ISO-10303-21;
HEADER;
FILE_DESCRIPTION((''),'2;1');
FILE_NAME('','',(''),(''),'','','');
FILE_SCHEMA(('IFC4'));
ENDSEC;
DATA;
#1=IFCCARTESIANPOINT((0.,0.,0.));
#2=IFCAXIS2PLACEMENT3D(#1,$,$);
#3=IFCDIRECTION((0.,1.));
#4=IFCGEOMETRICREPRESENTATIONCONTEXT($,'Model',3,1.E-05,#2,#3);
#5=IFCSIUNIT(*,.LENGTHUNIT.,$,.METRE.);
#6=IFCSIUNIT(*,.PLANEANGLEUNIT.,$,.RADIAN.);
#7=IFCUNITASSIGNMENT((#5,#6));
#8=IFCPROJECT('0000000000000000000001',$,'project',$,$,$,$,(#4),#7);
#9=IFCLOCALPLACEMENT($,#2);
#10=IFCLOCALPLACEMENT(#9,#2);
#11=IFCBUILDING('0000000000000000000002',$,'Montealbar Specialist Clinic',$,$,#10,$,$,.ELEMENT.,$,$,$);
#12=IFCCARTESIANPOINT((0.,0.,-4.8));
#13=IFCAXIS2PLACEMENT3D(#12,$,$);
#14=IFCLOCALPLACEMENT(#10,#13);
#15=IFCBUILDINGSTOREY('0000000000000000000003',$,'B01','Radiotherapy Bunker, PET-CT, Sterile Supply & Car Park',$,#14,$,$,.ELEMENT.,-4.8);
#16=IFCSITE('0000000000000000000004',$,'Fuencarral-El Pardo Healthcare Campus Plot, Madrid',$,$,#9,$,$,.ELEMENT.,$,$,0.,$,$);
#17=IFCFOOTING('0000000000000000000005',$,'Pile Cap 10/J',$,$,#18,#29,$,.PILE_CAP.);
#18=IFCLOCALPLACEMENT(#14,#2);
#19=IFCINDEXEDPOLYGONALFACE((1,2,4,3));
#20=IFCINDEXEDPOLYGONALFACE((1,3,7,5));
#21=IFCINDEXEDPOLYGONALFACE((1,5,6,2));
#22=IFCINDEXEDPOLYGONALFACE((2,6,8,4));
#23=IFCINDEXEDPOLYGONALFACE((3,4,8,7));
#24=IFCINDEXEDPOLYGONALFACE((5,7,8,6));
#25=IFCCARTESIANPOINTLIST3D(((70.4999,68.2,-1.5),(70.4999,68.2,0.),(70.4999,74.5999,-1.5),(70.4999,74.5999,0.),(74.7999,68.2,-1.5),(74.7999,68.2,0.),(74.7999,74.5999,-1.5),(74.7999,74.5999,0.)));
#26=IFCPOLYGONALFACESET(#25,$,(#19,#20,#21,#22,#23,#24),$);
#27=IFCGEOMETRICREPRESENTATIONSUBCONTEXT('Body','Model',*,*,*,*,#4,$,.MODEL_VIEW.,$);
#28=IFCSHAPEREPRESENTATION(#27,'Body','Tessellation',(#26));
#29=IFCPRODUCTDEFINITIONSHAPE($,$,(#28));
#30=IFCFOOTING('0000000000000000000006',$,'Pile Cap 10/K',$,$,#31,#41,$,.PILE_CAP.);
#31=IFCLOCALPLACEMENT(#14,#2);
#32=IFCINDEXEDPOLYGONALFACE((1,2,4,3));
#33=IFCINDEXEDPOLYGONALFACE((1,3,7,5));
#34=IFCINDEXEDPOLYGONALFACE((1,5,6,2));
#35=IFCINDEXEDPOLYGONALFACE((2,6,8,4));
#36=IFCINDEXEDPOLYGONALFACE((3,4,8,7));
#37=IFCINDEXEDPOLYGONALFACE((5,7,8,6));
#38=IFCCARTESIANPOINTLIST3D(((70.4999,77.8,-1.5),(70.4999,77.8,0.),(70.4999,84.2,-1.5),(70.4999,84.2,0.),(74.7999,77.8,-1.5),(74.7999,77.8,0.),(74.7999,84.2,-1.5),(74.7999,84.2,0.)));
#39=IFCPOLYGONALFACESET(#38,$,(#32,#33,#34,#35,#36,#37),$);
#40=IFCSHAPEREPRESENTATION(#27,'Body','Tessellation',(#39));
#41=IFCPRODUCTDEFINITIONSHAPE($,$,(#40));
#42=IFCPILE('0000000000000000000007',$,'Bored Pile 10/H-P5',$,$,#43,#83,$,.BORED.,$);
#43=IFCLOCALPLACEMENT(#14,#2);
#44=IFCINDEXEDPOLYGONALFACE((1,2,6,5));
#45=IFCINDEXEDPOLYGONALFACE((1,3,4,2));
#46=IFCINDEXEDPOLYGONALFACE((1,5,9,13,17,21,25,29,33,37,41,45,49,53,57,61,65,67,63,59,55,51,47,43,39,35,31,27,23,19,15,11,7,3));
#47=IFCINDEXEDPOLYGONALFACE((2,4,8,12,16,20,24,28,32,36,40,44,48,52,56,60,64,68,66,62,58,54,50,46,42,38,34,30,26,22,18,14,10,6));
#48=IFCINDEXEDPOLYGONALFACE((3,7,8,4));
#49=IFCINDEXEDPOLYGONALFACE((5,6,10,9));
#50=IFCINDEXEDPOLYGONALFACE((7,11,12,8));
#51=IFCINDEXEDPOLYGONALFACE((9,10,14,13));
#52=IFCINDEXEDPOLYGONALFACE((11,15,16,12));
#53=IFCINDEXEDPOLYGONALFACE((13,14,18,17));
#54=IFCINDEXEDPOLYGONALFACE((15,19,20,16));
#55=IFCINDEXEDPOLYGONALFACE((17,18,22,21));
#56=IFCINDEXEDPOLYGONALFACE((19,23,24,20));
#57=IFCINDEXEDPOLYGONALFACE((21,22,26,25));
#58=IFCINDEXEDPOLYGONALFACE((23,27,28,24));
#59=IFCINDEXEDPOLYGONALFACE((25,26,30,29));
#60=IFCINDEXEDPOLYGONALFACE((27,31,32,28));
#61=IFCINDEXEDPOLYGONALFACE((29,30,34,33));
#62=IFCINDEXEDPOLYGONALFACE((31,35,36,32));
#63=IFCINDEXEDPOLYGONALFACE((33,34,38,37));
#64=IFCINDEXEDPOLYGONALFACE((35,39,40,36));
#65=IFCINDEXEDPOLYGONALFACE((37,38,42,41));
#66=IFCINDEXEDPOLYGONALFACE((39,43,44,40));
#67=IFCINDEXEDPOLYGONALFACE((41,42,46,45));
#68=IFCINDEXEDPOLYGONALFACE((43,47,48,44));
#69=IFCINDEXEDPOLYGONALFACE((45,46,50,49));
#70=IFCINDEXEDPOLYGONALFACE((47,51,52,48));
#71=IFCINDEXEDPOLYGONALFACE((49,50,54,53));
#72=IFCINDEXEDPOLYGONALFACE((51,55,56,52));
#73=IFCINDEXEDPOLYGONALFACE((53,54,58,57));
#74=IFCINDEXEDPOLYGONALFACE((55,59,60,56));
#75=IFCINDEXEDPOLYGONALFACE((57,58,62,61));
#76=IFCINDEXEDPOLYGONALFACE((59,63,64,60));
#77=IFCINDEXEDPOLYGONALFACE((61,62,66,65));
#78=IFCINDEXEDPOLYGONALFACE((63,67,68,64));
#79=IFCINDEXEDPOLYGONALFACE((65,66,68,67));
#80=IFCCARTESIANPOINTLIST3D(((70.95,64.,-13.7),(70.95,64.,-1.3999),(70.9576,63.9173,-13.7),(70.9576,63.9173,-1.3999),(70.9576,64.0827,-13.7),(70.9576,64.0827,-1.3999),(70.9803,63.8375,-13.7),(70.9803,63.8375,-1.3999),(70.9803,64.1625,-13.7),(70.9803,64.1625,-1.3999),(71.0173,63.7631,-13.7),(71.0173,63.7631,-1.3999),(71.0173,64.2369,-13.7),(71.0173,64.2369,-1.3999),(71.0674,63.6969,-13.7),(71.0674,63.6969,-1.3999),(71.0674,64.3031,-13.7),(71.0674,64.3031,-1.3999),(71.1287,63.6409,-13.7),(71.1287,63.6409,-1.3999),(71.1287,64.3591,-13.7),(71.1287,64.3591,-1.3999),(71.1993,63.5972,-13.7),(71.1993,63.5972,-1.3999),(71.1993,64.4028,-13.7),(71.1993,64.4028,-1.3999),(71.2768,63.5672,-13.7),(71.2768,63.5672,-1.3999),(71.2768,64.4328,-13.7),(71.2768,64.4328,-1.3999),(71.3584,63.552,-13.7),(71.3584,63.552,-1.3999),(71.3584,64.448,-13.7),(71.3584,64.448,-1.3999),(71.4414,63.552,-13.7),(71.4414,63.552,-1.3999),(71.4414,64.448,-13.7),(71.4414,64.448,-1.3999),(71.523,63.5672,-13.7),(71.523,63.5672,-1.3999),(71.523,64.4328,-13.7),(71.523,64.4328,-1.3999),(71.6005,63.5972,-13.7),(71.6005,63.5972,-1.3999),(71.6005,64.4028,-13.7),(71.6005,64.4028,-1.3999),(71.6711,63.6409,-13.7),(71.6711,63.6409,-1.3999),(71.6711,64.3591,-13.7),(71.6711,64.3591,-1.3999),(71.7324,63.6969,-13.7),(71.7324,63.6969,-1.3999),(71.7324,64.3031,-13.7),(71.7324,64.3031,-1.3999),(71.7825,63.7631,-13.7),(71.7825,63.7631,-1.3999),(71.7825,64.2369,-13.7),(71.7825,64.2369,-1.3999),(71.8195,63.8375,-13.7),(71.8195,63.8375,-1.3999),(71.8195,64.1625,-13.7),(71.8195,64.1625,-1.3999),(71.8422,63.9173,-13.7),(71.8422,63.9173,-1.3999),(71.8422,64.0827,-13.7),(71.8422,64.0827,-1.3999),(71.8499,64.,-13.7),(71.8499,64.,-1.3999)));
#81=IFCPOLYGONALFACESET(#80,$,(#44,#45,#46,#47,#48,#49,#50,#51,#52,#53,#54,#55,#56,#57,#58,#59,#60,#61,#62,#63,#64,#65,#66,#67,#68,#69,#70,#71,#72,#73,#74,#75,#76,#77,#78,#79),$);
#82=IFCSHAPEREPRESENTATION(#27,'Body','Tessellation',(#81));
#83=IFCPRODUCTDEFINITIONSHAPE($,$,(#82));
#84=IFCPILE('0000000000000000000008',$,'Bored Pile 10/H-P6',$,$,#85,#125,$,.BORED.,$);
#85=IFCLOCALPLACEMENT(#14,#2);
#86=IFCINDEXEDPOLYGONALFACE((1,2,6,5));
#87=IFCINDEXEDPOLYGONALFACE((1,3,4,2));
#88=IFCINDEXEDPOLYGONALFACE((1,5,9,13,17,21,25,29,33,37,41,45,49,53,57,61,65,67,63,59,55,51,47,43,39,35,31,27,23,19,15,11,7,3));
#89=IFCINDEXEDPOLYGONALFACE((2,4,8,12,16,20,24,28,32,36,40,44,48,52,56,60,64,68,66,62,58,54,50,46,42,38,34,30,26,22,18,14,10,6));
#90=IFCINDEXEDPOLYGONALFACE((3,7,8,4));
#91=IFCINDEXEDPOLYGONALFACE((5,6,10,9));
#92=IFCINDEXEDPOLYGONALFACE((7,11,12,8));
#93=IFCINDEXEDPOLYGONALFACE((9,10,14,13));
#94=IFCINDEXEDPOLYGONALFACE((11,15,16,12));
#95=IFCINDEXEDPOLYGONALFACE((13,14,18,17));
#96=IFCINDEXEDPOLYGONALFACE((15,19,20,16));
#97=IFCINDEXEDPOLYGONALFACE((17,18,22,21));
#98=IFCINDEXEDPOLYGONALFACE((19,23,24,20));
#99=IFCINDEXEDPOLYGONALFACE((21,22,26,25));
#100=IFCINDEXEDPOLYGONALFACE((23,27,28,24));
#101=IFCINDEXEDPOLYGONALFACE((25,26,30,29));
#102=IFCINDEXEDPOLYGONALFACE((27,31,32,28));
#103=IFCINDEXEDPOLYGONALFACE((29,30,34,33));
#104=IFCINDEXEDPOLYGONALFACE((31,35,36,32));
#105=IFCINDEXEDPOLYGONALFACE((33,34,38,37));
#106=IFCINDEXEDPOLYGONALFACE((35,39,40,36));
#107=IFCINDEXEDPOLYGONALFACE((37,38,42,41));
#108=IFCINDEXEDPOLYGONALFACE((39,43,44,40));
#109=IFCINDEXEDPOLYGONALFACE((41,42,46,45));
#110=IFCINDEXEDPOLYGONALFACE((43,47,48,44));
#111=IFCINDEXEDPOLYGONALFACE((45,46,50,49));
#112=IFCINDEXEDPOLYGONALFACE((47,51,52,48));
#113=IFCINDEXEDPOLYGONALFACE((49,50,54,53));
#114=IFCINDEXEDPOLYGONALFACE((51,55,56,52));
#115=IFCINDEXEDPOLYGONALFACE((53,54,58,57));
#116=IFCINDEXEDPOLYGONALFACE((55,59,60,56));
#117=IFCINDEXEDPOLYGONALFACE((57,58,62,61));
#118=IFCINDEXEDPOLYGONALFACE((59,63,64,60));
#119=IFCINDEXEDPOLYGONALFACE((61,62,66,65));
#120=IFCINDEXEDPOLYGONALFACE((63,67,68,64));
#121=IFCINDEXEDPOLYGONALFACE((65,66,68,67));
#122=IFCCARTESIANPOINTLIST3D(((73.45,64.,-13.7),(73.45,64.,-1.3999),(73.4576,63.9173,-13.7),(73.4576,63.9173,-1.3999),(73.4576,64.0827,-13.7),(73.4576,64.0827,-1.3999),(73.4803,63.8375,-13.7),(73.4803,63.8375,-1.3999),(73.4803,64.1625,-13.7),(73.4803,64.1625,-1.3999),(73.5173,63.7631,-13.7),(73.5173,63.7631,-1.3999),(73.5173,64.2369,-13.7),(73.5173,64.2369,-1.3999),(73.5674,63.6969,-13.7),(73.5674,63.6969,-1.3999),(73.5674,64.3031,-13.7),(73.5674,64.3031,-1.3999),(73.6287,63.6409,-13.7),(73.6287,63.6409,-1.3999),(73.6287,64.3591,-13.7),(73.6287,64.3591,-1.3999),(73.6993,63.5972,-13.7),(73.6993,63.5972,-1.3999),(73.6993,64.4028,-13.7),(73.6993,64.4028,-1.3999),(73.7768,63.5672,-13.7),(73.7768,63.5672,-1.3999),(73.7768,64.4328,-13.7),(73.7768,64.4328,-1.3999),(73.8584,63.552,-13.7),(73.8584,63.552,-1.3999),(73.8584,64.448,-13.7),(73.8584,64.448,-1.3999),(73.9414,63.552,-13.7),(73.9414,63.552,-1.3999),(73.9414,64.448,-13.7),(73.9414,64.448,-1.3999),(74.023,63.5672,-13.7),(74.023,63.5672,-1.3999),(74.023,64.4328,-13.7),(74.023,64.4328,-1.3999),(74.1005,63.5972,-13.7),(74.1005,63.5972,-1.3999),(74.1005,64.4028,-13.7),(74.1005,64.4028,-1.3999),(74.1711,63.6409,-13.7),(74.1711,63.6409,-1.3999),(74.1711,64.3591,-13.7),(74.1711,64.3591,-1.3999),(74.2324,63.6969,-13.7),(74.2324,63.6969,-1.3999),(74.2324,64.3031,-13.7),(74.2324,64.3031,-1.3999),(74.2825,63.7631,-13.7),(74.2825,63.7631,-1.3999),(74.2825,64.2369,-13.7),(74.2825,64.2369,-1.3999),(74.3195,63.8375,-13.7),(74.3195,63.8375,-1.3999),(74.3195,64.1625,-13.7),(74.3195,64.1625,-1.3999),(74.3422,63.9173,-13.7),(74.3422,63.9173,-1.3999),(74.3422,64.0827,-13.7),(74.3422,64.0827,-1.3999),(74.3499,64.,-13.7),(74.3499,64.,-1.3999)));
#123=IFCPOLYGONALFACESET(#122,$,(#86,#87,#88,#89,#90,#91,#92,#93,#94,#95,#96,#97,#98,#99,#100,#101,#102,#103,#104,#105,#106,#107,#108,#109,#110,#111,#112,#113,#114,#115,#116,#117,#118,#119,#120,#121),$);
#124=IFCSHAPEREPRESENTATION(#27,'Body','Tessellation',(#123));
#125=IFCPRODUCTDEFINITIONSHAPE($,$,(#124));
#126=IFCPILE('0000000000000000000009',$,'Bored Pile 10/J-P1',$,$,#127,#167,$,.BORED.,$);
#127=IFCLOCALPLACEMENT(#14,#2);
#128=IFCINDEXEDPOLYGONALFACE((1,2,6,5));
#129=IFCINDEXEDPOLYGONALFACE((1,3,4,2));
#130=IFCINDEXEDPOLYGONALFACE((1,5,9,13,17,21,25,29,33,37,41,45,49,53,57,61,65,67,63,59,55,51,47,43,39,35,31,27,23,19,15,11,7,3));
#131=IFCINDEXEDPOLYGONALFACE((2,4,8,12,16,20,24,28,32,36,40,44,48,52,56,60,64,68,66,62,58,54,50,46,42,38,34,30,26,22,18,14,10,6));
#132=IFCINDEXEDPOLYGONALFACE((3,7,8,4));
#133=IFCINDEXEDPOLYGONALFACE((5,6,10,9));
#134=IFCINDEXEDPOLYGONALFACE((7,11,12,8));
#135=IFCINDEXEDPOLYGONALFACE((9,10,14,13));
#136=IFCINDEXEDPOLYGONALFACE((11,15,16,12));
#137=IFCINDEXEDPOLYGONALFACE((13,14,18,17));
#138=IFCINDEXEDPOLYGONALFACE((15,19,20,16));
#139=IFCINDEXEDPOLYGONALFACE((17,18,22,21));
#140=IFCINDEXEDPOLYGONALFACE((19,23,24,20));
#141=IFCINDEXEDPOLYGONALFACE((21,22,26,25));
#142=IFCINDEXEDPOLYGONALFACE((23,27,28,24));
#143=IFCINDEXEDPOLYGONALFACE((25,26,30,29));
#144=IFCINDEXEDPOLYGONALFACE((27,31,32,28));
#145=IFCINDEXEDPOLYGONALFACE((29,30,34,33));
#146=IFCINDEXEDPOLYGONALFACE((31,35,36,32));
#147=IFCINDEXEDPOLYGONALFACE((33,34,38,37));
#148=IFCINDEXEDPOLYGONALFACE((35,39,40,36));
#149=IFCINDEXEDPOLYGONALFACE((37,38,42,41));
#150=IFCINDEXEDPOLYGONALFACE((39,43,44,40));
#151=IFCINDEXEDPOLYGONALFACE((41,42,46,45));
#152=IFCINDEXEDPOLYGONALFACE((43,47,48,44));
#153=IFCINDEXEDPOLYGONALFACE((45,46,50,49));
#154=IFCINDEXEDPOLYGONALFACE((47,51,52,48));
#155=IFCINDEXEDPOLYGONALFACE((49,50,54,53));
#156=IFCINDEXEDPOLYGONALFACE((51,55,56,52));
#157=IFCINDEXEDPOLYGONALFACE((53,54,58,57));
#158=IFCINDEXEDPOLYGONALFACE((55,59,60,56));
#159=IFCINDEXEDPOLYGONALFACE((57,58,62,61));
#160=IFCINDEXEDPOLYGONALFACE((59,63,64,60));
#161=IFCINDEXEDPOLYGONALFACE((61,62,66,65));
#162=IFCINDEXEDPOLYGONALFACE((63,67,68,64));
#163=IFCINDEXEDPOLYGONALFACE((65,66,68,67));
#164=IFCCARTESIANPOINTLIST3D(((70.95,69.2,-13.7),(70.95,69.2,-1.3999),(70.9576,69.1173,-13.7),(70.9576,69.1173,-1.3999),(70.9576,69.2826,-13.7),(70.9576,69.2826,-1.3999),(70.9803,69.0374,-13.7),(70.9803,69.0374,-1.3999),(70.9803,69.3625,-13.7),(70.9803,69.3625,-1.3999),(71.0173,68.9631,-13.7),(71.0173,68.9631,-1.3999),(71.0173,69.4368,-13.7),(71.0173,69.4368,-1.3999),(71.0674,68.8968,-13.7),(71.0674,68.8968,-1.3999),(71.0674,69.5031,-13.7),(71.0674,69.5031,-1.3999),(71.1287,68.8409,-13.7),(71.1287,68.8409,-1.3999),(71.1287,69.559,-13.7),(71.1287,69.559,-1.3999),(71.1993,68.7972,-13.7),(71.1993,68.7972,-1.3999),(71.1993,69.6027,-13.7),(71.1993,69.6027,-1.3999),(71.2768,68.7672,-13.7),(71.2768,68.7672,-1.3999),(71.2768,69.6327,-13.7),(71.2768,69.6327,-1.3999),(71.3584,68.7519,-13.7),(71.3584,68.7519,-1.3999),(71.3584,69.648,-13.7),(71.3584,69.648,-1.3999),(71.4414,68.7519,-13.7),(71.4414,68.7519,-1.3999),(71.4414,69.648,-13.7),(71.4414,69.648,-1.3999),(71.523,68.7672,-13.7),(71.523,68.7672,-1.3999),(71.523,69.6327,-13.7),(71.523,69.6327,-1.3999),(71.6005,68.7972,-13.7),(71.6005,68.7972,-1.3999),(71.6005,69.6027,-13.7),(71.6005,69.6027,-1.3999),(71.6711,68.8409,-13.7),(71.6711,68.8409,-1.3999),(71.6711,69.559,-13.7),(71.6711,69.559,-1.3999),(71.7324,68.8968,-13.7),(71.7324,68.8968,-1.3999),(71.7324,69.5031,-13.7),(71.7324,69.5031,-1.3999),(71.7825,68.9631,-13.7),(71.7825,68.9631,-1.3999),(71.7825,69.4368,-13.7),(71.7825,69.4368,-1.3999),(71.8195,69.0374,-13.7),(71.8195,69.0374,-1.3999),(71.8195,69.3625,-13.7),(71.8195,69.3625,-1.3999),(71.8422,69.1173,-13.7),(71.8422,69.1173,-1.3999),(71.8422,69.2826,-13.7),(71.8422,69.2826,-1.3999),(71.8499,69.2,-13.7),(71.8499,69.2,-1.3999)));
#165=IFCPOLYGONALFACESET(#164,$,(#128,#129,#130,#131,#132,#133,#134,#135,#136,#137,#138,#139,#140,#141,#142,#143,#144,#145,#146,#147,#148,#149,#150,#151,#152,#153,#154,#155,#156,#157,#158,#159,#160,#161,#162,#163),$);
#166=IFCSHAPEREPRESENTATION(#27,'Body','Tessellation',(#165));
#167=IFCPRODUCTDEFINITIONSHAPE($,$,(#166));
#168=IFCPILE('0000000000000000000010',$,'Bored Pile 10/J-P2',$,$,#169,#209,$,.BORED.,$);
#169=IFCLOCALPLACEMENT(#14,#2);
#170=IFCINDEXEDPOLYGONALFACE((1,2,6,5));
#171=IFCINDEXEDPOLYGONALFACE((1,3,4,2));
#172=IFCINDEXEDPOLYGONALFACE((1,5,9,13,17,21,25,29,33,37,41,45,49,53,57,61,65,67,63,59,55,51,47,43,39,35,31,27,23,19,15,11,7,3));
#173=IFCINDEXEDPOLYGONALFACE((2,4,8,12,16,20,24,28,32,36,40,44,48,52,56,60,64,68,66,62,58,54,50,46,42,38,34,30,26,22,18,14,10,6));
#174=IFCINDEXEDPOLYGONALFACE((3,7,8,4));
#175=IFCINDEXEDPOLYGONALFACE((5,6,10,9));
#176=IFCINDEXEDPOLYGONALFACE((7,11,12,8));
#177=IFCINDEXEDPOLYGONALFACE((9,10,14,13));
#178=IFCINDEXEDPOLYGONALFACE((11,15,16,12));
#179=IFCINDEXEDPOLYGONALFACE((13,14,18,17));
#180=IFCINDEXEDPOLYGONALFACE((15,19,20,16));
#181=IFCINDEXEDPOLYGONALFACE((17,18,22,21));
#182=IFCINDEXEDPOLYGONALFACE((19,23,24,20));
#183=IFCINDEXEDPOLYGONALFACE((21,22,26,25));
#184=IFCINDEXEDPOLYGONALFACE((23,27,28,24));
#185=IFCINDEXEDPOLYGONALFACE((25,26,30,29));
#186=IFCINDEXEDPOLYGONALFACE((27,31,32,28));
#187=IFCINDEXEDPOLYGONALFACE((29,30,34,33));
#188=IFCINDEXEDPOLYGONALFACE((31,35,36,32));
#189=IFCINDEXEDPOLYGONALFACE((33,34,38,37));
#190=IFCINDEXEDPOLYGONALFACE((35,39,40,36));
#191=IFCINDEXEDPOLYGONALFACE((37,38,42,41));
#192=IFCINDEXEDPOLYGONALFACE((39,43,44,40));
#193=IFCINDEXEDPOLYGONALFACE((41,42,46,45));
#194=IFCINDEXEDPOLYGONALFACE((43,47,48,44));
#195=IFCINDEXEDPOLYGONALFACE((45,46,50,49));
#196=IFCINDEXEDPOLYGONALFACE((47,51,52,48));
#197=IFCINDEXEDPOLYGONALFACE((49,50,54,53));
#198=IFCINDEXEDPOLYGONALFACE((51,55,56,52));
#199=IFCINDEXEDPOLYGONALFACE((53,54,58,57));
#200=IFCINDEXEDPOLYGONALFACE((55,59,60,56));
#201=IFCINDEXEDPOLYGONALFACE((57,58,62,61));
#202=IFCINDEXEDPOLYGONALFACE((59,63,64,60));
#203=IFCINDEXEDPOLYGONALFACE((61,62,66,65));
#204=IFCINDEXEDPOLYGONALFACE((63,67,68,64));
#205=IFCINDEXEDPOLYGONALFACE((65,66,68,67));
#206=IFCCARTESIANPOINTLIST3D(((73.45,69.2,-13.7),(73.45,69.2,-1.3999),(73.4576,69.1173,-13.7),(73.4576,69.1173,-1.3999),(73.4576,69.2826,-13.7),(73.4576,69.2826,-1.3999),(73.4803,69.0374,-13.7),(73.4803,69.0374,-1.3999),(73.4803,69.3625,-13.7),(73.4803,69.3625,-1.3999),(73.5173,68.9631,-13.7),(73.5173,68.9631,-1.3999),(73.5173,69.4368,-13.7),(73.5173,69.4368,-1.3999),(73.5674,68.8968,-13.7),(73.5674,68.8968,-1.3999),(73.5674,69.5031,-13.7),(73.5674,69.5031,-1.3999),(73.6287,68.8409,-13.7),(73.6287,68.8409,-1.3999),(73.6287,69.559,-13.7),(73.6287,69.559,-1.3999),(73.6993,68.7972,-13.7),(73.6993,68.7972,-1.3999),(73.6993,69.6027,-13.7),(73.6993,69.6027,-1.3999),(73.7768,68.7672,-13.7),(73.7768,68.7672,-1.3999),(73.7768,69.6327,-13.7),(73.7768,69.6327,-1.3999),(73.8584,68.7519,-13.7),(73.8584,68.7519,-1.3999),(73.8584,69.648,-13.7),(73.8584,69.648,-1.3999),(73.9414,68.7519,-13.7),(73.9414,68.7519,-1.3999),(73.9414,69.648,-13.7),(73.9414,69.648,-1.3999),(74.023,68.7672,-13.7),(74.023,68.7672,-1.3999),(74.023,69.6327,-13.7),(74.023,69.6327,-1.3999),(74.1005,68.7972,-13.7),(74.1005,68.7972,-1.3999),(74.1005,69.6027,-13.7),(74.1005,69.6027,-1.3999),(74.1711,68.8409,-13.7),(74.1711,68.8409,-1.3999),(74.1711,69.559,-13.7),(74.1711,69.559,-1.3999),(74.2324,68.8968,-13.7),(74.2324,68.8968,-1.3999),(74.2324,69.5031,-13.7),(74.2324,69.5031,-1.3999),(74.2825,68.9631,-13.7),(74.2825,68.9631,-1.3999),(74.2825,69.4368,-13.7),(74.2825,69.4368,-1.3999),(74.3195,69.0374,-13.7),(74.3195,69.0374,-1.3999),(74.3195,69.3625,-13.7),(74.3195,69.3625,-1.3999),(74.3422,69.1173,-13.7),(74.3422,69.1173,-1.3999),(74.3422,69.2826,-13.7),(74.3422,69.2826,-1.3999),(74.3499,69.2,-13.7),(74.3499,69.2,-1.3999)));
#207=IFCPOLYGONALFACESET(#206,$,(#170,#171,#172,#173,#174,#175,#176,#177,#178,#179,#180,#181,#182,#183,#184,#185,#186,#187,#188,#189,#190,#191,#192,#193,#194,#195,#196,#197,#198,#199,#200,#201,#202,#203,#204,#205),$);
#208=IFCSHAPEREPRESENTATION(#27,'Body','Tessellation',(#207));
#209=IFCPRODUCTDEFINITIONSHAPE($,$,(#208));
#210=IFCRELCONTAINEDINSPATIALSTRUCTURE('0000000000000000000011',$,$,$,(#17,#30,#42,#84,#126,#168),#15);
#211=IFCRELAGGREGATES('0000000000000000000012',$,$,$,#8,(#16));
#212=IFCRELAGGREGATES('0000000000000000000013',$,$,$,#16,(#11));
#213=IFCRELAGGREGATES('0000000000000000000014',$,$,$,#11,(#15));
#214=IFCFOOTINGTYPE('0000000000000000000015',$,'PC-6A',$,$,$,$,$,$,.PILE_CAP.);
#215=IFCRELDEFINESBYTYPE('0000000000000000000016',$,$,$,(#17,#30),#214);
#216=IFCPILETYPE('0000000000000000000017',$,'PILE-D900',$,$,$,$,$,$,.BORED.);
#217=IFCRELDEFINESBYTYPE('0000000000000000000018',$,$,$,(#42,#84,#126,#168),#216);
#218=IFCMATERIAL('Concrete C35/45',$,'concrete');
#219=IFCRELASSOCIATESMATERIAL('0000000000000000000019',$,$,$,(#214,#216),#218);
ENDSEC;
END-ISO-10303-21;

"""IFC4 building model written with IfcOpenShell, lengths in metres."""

from ifc_helpers import new_model, si_unit, direction, frame, origin, origin_2d, place, context, subcontext, project, spatial, rectangle, circle, extrude, material, material_profile, profile_set, type_object, element, save


model = new_model("IFC4")

# Units and contexts
model_context = context("Model", 3, precision=1e-05, world=origin(), true_north=direction((0.0, 1.0)))
body_context = subcontext(model_context, "Body", "Model", "MODEL_VIEW")
ifc_project = project(units=[si_unit("LENGTHUNIT", "METRE"), si_unit("PLANEANGLEUNIT", "RADIAN")], contexts=[model_context])

# Site, building, storey
site_placement = place(None, origin())
site = spatial("IfcSite", under=ifc_project, at=site_placement, Name="Fuencarral-El Pardo Healthcare Campus Plot, Madrid", CompositionType="ELEMENT", RefElevation=0.0)
building_placement = place(site_placement, origin())
building = spatial("IfcBuilding", under=site, at=building_placement, Name="Montealbar Specialist Clinic", CompositionType="ELEMENT")
storey_placement = place(building_placement, frame((0.0, 0.0, -4.8)))
storey = spatial("IfcBuildingStorey", under=building, at=storey_placement, Name="B01", Description="Radiotherapy Bunker, PET-CT, Sterile Supply & Car Park", CompositionType="ELEMENT", Elevation=-4.8)

# Footings
ifc_material_1 = material(Name="Concrete C35/45", Category="concrete")
footing_type = type_object("IfcFootingType", Name="PC-6A", PredefinedType="PILE_CAP", material=ifc_material_1)
for number, where, z_axis, x_axis, name in (
    (1, (72.6499, 71.3999, -1.5), (0.0, 0.0, 1.0), (1.0, 0.0, 0.0), "Pile Cap 10/J"),
    (2, (72.6499, 81.0, -1.5), (0.0, 0.0, 1.0), (1.0, 0.0, 0.0), "Pile Cap 10/K"),
):
    element("IfcFooting", number, at=place(storey_placement, frame(where, z_axis=z_axis, x_axis=x_axis)), inside=storey, type_object=footing_type, Name=name, PredefinedType="PILE_CAP", context=body_context, shape_type="SweptSolid", body=[
        extrude(rectangle(XDim=4.3, YDim=6.3999, at=origin_2d()), origin(), (0.0, 0.0, 1.0), 1.5),
    ])

# Piles
ifc_material_profile_1 = material_profile(ifc_material_1, circle(Radius=0.45, at=origin_2d()), Name="PILE D900", Category="concrete")
ifc_profile_set_1 = profile_set([ifc_material_profile_1], Name="Concrete C35/45")
pile_type = type_object("IfcPileType", Name="PILE-D900", PredefinedType="BORED", material=ifc_profile_set_1)
for number, where, z_axis, x_axis, name in (
    (3, (71.3999, 64.0, -1.3999), (0.0, 0.0, -1.0), (1.0, 0.0, 0.0), "Bored Pile 10/H-P5"),
    (4, (73.8999, 64.0, -1.3999), (0.0, 0.0, -1.0), (1.0, 0.0, 0.0), "Bored Pile 10/H-P6"),
    (5, (71.3999, 69.2, -1.3999), (0.0, 0.0, -1.0), (1.0, 0.0, 0.0), "Bored Pile 10/J-P1"),
    (6, (73.8999, 69.2, -1.3999), (0.0, 0.0, -1.0), (1.0, 0.0, 0.0), "Bored Pile 10/J-P2"),
):
    element("IfcPile", number, at=place(storey_placement, frame(where, z_axis=z_axis, x_axis=x_axis)), inside=storey, type_object=pile_type, Name=name, PredefinedType="BORED", context=body_context, shape_type="SweptSolid", body=[
        extrude(circle(Radius=0.45, at=origin_2d()), origin(), (0.0, 0.0, 1.0), 12.3),
    ])

save(model, "model.ifc")
